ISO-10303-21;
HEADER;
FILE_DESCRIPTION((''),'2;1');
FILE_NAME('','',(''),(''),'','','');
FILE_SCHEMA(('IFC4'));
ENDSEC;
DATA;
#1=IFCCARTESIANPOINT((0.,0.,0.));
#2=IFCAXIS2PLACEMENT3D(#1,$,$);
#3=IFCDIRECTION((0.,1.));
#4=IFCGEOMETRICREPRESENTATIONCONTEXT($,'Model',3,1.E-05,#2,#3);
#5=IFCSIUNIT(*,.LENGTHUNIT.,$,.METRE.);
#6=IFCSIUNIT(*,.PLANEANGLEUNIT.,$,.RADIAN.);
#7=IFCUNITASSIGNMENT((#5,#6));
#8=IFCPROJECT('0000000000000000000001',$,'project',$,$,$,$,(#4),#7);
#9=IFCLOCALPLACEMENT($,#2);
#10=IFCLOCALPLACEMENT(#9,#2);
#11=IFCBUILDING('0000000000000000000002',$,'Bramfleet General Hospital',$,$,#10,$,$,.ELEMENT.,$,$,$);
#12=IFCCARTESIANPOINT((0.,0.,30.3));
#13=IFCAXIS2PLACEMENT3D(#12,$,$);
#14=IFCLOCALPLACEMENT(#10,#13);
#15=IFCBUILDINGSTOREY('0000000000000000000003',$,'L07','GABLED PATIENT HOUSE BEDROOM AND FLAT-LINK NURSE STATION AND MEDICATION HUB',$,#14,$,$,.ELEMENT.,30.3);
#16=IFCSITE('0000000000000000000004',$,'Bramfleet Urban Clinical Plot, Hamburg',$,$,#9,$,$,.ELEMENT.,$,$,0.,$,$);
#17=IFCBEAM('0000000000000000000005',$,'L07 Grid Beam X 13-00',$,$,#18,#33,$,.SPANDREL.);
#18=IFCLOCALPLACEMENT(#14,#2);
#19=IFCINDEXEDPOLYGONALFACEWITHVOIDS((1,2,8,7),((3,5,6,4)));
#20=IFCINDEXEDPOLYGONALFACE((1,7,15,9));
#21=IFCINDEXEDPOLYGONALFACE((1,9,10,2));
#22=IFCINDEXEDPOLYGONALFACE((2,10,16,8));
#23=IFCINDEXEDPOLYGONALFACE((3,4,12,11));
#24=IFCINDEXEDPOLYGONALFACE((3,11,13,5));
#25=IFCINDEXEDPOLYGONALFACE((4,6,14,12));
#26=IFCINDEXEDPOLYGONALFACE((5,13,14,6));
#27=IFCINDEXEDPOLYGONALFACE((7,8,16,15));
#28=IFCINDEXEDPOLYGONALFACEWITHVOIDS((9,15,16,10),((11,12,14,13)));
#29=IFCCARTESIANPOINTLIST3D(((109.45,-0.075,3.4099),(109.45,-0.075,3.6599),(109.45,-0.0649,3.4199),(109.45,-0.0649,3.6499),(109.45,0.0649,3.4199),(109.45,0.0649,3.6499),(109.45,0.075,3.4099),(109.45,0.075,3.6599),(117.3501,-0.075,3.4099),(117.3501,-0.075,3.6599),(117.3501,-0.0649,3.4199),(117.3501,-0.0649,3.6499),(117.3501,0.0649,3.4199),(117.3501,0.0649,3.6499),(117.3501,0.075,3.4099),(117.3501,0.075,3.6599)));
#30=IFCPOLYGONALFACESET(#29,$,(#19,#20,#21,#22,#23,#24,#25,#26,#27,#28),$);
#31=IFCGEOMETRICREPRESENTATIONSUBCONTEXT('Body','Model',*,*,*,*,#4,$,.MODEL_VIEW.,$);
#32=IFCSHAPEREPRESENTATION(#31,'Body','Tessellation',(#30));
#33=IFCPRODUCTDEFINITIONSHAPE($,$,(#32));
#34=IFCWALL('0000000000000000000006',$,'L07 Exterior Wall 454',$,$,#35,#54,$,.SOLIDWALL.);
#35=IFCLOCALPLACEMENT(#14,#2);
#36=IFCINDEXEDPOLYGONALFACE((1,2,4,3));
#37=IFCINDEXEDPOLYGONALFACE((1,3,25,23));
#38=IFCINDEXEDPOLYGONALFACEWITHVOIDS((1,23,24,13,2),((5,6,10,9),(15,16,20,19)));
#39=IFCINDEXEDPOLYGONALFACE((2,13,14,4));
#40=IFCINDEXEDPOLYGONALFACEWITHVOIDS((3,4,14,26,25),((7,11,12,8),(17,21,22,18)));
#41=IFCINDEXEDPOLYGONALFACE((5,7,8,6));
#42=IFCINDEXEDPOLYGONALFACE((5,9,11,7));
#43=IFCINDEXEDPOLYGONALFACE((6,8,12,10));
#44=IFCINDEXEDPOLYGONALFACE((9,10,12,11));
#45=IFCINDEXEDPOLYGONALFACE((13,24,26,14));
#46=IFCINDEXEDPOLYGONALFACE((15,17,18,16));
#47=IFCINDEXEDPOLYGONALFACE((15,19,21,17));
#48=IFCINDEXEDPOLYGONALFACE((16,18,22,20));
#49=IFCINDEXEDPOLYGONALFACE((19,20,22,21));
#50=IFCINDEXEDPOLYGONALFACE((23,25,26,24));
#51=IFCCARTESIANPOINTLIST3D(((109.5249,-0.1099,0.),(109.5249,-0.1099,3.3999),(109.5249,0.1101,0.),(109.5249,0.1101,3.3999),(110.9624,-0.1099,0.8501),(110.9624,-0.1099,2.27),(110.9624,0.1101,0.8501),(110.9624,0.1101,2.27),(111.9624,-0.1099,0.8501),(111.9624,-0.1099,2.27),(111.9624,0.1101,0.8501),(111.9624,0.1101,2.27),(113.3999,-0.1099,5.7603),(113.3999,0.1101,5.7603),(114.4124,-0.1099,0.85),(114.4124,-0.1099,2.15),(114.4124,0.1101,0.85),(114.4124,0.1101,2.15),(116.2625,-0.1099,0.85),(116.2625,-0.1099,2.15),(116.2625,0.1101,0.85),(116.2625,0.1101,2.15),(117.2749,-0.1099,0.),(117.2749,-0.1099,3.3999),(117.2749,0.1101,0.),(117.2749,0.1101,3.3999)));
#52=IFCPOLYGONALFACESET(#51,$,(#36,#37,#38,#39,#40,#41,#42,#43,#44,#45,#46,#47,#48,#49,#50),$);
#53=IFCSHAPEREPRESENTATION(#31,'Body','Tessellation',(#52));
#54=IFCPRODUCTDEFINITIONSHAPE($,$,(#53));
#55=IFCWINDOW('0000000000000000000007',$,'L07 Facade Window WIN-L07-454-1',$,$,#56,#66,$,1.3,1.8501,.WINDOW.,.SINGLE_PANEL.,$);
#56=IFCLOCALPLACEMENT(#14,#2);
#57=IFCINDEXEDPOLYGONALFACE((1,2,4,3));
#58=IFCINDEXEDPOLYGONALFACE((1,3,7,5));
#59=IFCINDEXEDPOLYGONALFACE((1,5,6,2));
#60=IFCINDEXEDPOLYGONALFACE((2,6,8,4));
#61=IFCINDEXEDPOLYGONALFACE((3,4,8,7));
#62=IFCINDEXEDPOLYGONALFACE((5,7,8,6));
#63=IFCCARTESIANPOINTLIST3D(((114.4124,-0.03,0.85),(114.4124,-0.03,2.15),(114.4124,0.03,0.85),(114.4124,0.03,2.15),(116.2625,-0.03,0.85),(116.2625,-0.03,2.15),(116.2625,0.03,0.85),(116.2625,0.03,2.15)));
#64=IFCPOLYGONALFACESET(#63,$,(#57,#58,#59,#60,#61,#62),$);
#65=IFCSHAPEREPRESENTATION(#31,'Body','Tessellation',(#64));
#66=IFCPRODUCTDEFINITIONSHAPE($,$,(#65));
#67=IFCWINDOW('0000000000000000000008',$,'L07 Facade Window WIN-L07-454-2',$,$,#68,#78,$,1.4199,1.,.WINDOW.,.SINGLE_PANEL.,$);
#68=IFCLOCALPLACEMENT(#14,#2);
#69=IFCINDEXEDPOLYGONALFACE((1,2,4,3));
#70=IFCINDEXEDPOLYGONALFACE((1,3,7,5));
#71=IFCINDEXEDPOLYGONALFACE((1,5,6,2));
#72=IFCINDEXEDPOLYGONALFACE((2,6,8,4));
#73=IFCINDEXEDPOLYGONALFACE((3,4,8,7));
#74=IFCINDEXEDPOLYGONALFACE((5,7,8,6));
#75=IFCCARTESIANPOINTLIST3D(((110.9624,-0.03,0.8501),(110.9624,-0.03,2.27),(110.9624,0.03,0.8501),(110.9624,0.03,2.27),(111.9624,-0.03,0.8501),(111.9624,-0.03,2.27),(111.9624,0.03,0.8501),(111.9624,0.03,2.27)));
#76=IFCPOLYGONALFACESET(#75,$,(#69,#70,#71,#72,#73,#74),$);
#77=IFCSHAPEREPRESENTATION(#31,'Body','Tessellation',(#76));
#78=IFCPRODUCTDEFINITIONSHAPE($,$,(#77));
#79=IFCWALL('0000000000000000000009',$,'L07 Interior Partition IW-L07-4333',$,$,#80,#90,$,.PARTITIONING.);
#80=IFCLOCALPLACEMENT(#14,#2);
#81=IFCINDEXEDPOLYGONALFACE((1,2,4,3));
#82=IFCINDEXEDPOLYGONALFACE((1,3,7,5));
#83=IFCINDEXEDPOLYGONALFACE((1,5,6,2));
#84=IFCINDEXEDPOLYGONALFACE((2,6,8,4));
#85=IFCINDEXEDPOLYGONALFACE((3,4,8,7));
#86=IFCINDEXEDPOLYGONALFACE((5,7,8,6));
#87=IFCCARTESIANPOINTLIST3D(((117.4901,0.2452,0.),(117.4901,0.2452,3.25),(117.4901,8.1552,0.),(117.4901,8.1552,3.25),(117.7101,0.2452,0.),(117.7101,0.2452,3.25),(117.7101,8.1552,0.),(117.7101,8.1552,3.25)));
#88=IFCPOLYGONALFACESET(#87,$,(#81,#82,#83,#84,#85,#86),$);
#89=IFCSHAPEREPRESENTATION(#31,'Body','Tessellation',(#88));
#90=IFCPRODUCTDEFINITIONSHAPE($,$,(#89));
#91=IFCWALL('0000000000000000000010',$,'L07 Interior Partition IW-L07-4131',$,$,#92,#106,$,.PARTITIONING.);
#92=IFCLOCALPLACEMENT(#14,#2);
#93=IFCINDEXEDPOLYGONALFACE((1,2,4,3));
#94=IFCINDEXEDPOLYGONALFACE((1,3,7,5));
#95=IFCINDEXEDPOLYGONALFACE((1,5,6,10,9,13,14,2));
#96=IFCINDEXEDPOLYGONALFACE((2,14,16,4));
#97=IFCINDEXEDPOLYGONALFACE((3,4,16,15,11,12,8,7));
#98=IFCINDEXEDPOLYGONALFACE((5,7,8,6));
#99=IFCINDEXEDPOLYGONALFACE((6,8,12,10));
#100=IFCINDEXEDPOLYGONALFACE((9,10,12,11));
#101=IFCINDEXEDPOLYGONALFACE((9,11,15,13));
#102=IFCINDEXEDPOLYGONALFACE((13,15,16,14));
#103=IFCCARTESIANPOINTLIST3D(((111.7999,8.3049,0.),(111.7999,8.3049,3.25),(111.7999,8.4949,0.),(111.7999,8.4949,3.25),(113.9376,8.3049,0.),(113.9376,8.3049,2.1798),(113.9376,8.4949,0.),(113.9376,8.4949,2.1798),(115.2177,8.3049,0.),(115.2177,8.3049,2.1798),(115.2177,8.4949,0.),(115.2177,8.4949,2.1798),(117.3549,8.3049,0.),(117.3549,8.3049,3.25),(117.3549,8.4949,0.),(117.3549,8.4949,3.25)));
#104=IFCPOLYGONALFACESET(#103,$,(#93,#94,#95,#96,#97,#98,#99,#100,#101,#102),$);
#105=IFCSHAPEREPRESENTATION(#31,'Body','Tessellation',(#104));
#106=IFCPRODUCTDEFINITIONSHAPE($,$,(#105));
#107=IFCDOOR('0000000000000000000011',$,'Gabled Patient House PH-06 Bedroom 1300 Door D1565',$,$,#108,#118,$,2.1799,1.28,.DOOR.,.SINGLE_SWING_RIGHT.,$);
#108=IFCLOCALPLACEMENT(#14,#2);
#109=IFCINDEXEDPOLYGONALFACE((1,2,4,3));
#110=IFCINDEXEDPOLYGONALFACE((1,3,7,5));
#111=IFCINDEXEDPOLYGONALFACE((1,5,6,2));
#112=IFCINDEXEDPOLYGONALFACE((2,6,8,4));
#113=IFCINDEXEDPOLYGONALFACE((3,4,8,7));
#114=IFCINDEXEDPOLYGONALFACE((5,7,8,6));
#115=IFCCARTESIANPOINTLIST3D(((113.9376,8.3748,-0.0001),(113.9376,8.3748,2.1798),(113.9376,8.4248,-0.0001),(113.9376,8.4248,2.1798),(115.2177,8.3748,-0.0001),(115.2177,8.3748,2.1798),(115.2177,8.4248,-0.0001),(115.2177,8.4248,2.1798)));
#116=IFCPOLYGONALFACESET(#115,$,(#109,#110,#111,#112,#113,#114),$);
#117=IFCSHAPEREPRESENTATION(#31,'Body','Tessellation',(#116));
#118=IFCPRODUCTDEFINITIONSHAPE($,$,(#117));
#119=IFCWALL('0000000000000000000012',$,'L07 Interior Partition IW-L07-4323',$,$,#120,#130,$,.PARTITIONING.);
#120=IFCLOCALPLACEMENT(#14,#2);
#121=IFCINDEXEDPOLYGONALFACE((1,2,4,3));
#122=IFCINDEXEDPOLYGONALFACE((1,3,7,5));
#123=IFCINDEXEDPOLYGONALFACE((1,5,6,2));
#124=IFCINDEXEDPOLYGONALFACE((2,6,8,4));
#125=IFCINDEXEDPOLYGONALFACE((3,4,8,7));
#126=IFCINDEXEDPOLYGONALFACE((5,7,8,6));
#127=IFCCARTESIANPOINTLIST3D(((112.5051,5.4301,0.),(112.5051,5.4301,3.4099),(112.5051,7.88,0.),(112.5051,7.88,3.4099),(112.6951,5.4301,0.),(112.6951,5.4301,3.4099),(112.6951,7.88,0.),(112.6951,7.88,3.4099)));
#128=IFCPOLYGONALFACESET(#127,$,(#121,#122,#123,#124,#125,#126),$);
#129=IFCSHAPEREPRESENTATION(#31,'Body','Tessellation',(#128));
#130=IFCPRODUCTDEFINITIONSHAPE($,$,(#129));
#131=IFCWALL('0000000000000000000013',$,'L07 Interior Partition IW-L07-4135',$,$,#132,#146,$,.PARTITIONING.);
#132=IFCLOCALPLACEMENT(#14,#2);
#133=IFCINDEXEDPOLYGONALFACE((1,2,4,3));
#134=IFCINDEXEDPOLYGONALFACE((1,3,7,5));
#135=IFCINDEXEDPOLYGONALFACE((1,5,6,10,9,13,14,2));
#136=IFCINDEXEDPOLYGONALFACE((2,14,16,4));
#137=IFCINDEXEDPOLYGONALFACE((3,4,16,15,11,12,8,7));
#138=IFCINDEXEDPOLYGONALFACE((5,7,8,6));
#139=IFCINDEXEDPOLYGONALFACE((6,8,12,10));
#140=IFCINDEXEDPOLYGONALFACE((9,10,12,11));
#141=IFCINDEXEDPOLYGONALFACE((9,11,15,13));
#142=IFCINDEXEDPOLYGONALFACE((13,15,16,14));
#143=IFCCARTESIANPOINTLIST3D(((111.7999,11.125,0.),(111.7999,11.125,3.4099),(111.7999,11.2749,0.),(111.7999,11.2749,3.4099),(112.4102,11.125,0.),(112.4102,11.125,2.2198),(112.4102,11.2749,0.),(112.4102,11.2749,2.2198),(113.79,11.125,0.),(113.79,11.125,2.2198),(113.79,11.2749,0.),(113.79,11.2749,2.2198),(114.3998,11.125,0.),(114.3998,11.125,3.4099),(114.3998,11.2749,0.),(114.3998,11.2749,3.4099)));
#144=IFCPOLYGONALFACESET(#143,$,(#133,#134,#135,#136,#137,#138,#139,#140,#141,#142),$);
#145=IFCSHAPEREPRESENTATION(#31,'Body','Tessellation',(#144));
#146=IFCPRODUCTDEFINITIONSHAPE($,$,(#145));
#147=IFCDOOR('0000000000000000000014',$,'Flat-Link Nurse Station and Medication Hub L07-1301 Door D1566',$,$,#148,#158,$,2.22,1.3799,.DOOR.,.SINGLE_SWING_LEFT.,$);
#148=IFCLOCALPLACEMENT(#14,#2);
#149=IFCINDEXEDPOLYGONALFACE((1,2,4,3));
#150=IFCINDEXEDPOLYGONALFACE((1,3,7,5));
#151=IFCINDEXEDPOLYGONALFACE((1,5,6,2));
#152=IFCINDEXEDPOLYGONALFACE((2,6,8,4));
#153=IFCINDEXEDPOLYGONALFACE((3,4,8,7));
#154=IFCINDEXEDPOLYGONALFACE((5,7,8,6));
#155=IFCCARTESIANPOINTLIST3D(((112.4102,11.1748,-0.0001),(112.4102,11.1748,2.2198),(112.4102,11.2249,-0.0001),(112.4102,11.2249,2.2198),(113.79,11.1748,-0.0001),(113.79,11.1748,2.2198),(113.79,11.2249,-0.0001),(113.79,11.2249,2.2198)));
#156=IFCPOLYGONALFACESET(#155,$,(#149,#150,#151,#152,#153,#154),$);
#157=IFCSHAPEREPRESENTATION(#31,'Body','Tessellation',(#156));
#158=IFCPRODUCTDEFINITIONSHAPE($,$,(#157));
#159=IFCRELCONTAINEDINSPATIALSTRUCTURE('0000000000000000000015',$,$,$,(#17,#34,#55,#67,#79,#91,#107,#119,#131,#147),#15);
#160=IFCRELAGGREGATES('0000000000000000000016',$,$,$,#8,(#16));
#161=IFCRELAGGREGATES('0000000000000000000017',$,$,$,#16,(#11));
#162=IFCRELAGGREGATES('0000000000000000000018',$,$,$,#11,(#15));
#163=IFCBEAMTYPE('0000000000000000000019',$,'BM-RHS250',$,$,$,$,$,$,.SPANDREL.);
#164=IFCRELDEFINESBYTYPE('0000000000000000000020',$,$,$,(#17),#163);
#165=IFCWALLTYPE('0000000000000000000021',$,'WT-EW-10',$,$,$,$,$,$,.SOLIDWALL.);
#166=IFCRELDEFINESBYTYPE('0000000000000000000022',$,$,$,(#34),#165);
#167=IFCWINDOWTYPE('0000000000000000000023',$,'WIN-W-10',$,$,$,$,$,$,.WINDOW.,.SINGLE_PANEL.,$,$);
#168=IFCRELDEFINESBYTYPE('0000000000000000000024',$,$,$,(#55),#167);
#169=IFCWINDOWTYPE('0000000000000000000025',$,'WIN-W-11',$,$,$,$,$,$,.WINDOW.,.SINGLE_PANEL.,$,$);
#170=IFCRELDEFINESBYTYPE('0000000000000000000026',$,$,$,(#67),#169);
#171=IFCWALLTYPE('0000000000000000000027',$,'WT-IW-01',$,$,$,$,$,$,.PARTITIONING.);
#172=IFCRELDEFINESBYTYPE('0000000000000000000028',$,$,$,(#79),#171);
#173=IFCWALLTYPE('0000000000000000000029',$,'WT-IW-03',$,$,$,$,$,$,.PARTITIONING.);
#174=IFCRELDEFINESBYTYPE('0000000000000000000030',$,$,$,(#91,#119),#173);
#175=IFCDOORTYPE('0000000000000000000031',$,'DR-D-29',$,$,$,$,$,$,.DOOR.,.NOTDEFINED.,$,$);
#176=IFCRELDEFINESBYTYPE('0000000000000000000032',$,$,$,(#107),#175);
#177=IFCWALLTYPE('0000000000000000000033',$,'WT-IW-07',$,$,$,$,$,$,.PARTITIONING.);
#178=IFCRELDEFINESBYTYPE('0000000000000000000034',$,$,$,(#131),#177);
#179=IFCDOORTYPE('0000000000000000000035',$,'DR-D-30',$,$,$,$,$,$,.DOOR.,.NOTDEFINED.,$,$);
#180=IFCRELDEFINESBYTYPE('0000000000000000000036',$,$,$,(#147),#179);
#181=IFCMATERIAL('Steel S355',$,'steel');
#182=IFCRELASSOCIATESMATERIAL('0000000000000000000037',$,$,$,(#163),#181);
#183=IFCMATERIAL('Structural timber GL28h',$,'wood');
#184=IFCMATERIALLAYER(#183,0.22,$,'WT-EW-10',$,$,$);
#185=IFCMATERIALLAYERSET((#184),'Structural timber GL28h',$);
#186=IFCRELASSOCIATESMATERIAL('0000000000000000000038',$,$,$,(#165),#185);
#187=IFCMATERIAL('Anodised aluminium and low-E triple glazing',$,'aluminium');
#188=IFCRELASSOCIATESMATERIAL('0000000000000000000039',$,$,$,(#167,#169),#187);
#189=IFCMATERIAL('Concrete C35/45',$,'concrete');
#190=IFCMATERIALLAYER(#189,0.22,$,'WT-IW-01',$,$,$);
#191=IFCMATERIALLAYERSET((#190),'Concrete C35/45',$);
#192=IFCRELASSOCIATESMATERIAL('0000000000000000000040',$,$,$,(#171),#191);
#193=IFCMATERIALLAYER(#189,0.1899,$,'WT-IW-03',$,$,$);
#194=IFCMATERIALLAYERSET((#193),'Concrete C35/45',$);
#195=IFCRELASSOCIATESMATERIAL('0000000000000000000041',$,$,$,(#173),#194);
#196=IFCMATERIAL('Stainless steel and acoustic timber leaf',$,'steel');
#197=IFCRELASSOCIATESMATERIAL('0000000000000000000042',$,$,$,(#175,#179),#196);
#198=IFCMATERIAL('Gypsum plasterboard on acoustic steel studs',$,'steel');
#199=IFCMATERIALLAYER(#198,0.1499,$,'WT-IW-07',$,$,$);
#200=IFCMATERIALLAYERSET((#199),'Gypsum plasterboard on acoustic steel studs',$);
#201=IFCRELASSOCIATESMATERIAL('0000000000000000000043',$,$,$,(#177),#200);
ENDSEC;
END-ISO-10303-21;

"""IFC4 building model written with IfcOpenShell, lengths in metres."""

from ifc_helpers import new_model, si_unit, direction, frame, frame_2d, origin, origin_2d, place, context, subcontext, project, spatial, polyline, rectangle, hollow_rectangle, outline, extrude, material, layer, layer_set, material_profile, profile_set, type_object, element, fill, save


model = new_model("IFC4")

# Units and contexts
model_context = context("Model", 3, precision=1e-05, world=origin(), true_north=direction((0.0, 1.0)))
body_context = subcontext(model_context, "Body", "Model", "MODEL_VIEW")
ifc_project = project(units=[si_unit("LENGTHUNIT", "METRE"), si_unit("PLANEANGLEUNIT", "RADIAN")], contexts=[model_context])

# Site, building, storey
site_placement = place(None, origin())
site = spatial("IfcSite", under=ifc_project, at=site_placement, Name="Bramfleet Urban Clinical Plot, Hamburg", CompositionType="ELEMENT", RefElevation=0.0)
building_placement = place(site_placement, origin())
building = spatial("IfcBuilding", under=site, at=building_placement, Name="Bramfleet General Hospital", CompositionType="ELEMENT")
storey_placement = place(building_placement, frame((0.0, 0.0, 30.3)))
storey = spatial("IfcBuildingStorey", under=building, at=storey_placement, Name="L07", Description="GABLED PATIENT HOUSE BEDROOM AND FLAT-LINK NURSE STATION AND MEDICATION HUB", CompositionType="ELEMENT", Elevation=30.3)

# Beam
ifc_material_1 = material(Name="Steel S355", Category="steel")
ifc_material_profile_1 = material_profile(ifc_material_1, hollow_rectangle(XDim=0.1499, YDim=0.25, WallThickness=0.01, at=origin_2d()), Name="RHS 250x150x10.0")
ifc_profile_set_1 = profile_set([ifc_material_profile_1], Name="Steel S355")
beam_type_1 = type_object("IfcBeamType", Name="BM-RHS250", PredefinedType="SPANDREL", material=ifc_profile_set_1)
beam_1_placement = place(storey_placement, frame((109.45, 0.0, 3.5349), z_axis=(1.0, 0.0, 0.0), x_axis=(0.0, 1.0, 0.0)))
element("IfcBeam", 1, at=beam_1_placement, inside=storey, type_object=beam_type_1, Name="L07 Grid Beam X 13-00", PredefinedType="SPANDREL", context=body_context, shape_type="SweptSolid", body=[
    extrude(hollow_rectangle(XDim=0.1499, YDim=0.25, WallThickness=0.01, at=origin_2d()), origin(), (0.0, 0.0, 1.0), 7.9001),
])

# Wall, openings, windows
ifc_material_2 = material(Name="Structural timber GL28h", Category="wood")
ifc_layer_1 = layer(ifc_material_2, 0.22, Name="WT-EW-10")
ifc_layer_set_1 = layer_set([ifc_layer_1], Name="Structural timber GL28h")
wall_type_1 = type_object("IfcWallType", Name="WT-EW-10", PredefinedType="SOLIDWALL", material=ifc_layer_set_1)
wall_1_placement = place(storey_placement, frame((117.2749, 0.0, 0.0), z_axis=(0.0, 0.0, 1.0), x_axis=(-1.0, 0.0, 0.0)))
wall_1 = element("IfcWall", 2, at=wall_1_placement, inside=storey, type_object=wall_type_1, Name="L07 Exterior Wall 454", PredefinedType="SOLIDWALL", context=body_context, shape_type="SweptSolid", body=[
    extrude(outline(polyline([(0.0, 0.0), (7.75, 0.0), (7.75, 3.3999), (3.875, 5.7603), (0.0, 3.3999), (0.0, 0.0)])), frame((0.0, 0.1099, 0.0), z_axis=(0.0, -1.0, 0.0), x_axis=(1.0, 0.0, 0.0)), (0.0, 0.0, 1.0), 0.22),
])
opening_1_placement = place(wall_1_placement, frame((1.0125, 0.0, 0.8501)))
opening_1 = element("IfcOpeningElement", 3, at=opening_1_placement, cuts=wall_1, PredefinedType="OPENING", context=body_context, shape_type="SweptSolid", body=[
    extrude(rectangle(XDim=1.8501, YDim=1.3, at=frame_2d((0.925, 0.6499))), frame((0.0, 0.1199, 0.0), z_axis=(0.0, -1.0, 0.0), x_axis=(1.0, 0.0, 0.0)), (0.0, 0.0, 1.0), 0.24),
])
opening_2_placement = place(wall_1_placement, frame((5.3125, 0.0, 0.8501)))
opening_2 = element("IfcOpeningElement", 4, at=opening_2_placement, cuts=wall_1, PredefinedType="OPENING", context=body_context, shape_type="SweptSolid", body=[
    extrude(rectangle(XDim=1.0, YDim=1.4199, at=frame_2d((0.5, 0.71))), frame((0.0, 0.1199, 0.0), z_axis=(0.0, -1.0, 0.0), x_axis=(1.0, 0.0, 0.0)), (0.0, 0.0, 1.0), 0.24),
])
ifc_material_3 = material(Name="Anodised aluminium and low-E triple glazing", Category="aluminium")
window_type_1 = type_object("IfcWindowType", Name="WIN-W-10", PartitioningType="SINGLE_PANEL", PredefinedType="WINDOW", material=ifc_material_3)
window_1_placement = place(opening_1_placement, origin())
window_1 = element("IfcWindow", 5, at=window_1_placement, inside=storey, type_object=window_type_1, Name="L07 Facade Window WIN-L07-454-1", OverallHeight=1.3, OverallWidth=1.8501, PartitioningType="SINGLE_PANEL", PredefinedType="WINDOW", context=body_context, shape_type="SweptSolid", body=[
    extrude(rectangle(XDim=1.8501, YDim=1.3, at=frame_2d((0.925, 0.6499))), frame((0.0, 0.03, 0.0), z_axis=(0.0, -1.0, 0.0), x_axis=(1.0, 0.0, 0.0)), (0.0, 0.0, 1.0), 0.0601),
])
fill(opening_1, window_1)
window_type_2 = type_object("IfcWindowType", Name="WIN-W-11", PartitioningType="SINGLE_PANEL", PredefinedType="WINDOW", material=ifc_material_3)
window_2_placement = place(opening_2_placement, origin())
window_2 = element("IfcWindow", 6, at=window_2_placement, inside=storey, type_object=window_type_2, Name="L07 Facade Window WIN-L07-454-2", OverallHeight=1.4199, OverallWidth=1.0, PartitioningType="SINGLE_PANEL", PredefinedType="WINDOW", context=body_context, shape_type="SweptSolid", body=[
    extrude(rectangle(XDim=1.0, YDim=1.4199, at=frame_2d((0.5, 0.71))), frame((0.0, 0.03, 0.0), z_axis=(0.0, -1.0, 0.0), x_axis=(1.0, 0.0, 0.0)), (0.0, 0.0, 1.0), 0.0601),
])
fill(opening_2, window_2)

# Wall
ifc_material_4 = material(Name="Concrete C35/45", Category="concrete")
ifc_layer_2 = layer(ifc_material_4, 0.22, Name="WT-IW-01")
ifc_layer_set_2 = layer_set([ifc_layer_2], Name="Concrete C35/45")
wall_type_2 = type_object("IfcWallType", Name="WT-IW-01", PredefinedType="PARTITIONING", material=ifc_layer_set_2)
wall_2_placement = place(storey_placement, frame((117.6001, 0.2451, 0.0), z_axis=(0.0, 0.0, 1.0), x_axis=(0.0, 1.0, 0.0)))
element("IfcWall", 7, at=wall_2_placement, inside=storey, type_object=wall_type_2, Name="L07 Interior Partition IW-L07-4333", PredefinedType="PARTITIONING", context=body_context, shape_type="SweptSolid", body=[
    extrude(rectangle(XDim=7.9099, YDim=0.22, at=frame_2d((3.9551, 0.0))), origin(), (0.0, 0.0, 1.0), 3.25),
])

# Wall, opening, door
ifc_layer_3 = layer(ifc_material_4, 0.1899, Name="WT-IW-03")
ifc_layer_set_3 = layer_set([ifc_layer_3], Name="Concrete C35/45")
wall_type_3 = type_object("IfcWallType", Name="WT-IW-03", PredefinedType="PARTITIONING", material=ifc_layer_set_3)
wall_3_placement = place(storey_placement, frame((111.8, 8.3999, 0.0), z_axis=(0.0, 0.0, 1.0), x_axis=(1.0, 0.0, 0.0)))
wall_3 = element("IfcWall", 8, at=wall_3_placement, inside=storey, type_object=wall_type_3, Name="L07 Interior Partition IW-L07-4131", PredefinedType="PARTITIONING", context=body_context, shape_type="SweptSolid", body=[
    extrude(rectangle(XDim=5.5549, YDim=0.1899, at=frame_2d((2.7773, 0.0))), origin(), (0.0, 0.0, 1.0), 3.25),
])
opening_3_placement = place(wall_3_placement, frame((2.1375, 0.0, 0.0)))
opening_3 = element("IfcOpeningElement", 9, at=opening_3_placement, cuts=wall_3, PredefinedType="OPENING", context=body_context, shape_type="SweptSolid", body=[
    extrude(rectangle(XDim=1.28, YDim=2.1799, at=frame_2d((0.6401, 1.0898))), frame((0.0, 0.105, 0.0), z_axis=(0.0, -1.0, 0.0), x_axis=(1.0, 0.0, 0.0)), (0.0, 0.0, 1.0), 0.21),
])
ifc_material_5 = material(Name="Stainless steel and acoustic timber leaf", Category="steel")
door_type_1 = type_object("IfcDoorType", Name="DR-D-29", OperationType="NOTDEFINED", PredefinedType="DOOR", material=ifc_material_5)
door_1_placement = place(opening_3_placement, origin())
door_1 = element("IfcDoor", 10, at=door_1_placement, inside=storey, type_object=door_type_1, Name="Gabled Patient House PH-06 Bedroom 1300 Door D1565", OperationType="SINGLE_SWING_RIGHT", OverallHeight=2.1799, OverallWidth=1.28, PredefinedType="DOOR", context=body_context, shape_type="SweptSolid", body=[
    extrude(rectangle(XDim=1.28, YDim=2.1799, at=frame_2d((0.6401, 1.0898))), frame((0.0, 0.0249, 0.0), z_axis=(0.0, -1.0, 0.0), x_axis=(1.0, 0.0, 0.0)), (0.0, 0.0, 1.0), 0.05),
])
fill(opening_3, door_1)

# Wall
wall_4_placement = place(storey_placement, frame((112.6001, 5.4299, 0.0), z_axis=(0.0, 0.0, 1.0), x_axis=(0.0, 1.0, 0.0)))
element("IfcWall", 11, at=wall_4_placement, inside=storey, type_object=wall_type_3, Name="L07 Interior Partition IW-L07-4323", PredefinedType="PARTITIONING", context=body_context, shape_type="SweptSolid", body=[
    extrude(rectangle(XDim=2.45, YDim=0.1899, at=frame_2d((1.2251, 0.0))), origin(), (0.0, 0.0, 1.0), 3.4099),
])

# Wall, opening, door
ifc_material_6 = material(Name="Gypsum plasterboard on acoustic steel studs", Category="steel")
ifc_layer_4 = layer(ifc_material_6, 0.1499, Name="WT-IW-07")
ifc_layer_set_4 = layer_set([ifc_layer_4], Name="Gypsum plasterboard on acoustic steel studs")
wall_type_4 = type_object("IfcWallType", Name="WT-IW-07", PredefinedType="PARTITIONING", material=ifc_layer_set_4)
wall_5_placement = place(storey_placement, frame((111.8, 11.2, 0.0), z_axis=(0.0, 0.0, 1.0), x_axis=(1.0, 0.0, 0.0)))
wall_5 = element("IfcWall", 12, at=wall_5_placement, inside=storey, type_object=wall_type_4, Name="L07 Interior Partition IW-L07-4135", PredefinedType="PARTITIONING", context=body_context, shape_type="SweptSolid", body=[
    extrude(rectangle(XDim=2.5999, YDim=0.1499, at=frame_2d((1.2998, 0.0))), origin(), (0.0, 0.0, 1.0), 3.4099),
])
opening_4_placement = place(wall_5_placement, frame((0.6101, 0.0, 0.0)))
opening_4 = element("IfcOpeningElement", 13, at=opening_4_placement, cuts=wall_5, PredefinedType="OPENING", context=body_context, shape_type="SweptSolid", body=[
    extrude(rectangle(XDim=1.3799, YDim=2.22, at=frame_2d((0.6899, 1.1099))), frame((0.0, 0.085, 0.0), z_axis=(0.0, -1.0, 0.0), x_axis=(1.0, 0.0, 0.0)), (0.0, 0.0, 1.0), 0.1699),
])
door_type_2 = type_object("IfcDoorType", Name="DR-D-30", OperationType="NOTDEFINED", PredefinedType="DOOR", material=ifc_material_5)
door_2_placement = place(opening_4_placement, origin())
door_2 = element("IfcDoor", 14, at=door_2_placement, inside=storey, type_object=door_type_2, Name="Flat-Link Nurse Station and Medication Hub L07-1301 Door D1566", OperationType="SINGLE_SWING_LEFT", OverallHeight=2.22, OverallWidth=1.3799, PredefinedType="DOOR", context=body_context, shape_type="SweptSolid", body=[
    extrude(rectangle(XDim=1.3799, YDim=2.22, at=frame_2d((0.6899, 1.1099))), frame((0.0, 0.0249, 0.0), z_axis=(0.0, -1.0, 0.0), x_axis=(1.0, 0.0, 0.0)), (0.0, 0.0, 1.0), 0.05),
])
fill(opening_4, door_2)

save(model, "model.ifc")
